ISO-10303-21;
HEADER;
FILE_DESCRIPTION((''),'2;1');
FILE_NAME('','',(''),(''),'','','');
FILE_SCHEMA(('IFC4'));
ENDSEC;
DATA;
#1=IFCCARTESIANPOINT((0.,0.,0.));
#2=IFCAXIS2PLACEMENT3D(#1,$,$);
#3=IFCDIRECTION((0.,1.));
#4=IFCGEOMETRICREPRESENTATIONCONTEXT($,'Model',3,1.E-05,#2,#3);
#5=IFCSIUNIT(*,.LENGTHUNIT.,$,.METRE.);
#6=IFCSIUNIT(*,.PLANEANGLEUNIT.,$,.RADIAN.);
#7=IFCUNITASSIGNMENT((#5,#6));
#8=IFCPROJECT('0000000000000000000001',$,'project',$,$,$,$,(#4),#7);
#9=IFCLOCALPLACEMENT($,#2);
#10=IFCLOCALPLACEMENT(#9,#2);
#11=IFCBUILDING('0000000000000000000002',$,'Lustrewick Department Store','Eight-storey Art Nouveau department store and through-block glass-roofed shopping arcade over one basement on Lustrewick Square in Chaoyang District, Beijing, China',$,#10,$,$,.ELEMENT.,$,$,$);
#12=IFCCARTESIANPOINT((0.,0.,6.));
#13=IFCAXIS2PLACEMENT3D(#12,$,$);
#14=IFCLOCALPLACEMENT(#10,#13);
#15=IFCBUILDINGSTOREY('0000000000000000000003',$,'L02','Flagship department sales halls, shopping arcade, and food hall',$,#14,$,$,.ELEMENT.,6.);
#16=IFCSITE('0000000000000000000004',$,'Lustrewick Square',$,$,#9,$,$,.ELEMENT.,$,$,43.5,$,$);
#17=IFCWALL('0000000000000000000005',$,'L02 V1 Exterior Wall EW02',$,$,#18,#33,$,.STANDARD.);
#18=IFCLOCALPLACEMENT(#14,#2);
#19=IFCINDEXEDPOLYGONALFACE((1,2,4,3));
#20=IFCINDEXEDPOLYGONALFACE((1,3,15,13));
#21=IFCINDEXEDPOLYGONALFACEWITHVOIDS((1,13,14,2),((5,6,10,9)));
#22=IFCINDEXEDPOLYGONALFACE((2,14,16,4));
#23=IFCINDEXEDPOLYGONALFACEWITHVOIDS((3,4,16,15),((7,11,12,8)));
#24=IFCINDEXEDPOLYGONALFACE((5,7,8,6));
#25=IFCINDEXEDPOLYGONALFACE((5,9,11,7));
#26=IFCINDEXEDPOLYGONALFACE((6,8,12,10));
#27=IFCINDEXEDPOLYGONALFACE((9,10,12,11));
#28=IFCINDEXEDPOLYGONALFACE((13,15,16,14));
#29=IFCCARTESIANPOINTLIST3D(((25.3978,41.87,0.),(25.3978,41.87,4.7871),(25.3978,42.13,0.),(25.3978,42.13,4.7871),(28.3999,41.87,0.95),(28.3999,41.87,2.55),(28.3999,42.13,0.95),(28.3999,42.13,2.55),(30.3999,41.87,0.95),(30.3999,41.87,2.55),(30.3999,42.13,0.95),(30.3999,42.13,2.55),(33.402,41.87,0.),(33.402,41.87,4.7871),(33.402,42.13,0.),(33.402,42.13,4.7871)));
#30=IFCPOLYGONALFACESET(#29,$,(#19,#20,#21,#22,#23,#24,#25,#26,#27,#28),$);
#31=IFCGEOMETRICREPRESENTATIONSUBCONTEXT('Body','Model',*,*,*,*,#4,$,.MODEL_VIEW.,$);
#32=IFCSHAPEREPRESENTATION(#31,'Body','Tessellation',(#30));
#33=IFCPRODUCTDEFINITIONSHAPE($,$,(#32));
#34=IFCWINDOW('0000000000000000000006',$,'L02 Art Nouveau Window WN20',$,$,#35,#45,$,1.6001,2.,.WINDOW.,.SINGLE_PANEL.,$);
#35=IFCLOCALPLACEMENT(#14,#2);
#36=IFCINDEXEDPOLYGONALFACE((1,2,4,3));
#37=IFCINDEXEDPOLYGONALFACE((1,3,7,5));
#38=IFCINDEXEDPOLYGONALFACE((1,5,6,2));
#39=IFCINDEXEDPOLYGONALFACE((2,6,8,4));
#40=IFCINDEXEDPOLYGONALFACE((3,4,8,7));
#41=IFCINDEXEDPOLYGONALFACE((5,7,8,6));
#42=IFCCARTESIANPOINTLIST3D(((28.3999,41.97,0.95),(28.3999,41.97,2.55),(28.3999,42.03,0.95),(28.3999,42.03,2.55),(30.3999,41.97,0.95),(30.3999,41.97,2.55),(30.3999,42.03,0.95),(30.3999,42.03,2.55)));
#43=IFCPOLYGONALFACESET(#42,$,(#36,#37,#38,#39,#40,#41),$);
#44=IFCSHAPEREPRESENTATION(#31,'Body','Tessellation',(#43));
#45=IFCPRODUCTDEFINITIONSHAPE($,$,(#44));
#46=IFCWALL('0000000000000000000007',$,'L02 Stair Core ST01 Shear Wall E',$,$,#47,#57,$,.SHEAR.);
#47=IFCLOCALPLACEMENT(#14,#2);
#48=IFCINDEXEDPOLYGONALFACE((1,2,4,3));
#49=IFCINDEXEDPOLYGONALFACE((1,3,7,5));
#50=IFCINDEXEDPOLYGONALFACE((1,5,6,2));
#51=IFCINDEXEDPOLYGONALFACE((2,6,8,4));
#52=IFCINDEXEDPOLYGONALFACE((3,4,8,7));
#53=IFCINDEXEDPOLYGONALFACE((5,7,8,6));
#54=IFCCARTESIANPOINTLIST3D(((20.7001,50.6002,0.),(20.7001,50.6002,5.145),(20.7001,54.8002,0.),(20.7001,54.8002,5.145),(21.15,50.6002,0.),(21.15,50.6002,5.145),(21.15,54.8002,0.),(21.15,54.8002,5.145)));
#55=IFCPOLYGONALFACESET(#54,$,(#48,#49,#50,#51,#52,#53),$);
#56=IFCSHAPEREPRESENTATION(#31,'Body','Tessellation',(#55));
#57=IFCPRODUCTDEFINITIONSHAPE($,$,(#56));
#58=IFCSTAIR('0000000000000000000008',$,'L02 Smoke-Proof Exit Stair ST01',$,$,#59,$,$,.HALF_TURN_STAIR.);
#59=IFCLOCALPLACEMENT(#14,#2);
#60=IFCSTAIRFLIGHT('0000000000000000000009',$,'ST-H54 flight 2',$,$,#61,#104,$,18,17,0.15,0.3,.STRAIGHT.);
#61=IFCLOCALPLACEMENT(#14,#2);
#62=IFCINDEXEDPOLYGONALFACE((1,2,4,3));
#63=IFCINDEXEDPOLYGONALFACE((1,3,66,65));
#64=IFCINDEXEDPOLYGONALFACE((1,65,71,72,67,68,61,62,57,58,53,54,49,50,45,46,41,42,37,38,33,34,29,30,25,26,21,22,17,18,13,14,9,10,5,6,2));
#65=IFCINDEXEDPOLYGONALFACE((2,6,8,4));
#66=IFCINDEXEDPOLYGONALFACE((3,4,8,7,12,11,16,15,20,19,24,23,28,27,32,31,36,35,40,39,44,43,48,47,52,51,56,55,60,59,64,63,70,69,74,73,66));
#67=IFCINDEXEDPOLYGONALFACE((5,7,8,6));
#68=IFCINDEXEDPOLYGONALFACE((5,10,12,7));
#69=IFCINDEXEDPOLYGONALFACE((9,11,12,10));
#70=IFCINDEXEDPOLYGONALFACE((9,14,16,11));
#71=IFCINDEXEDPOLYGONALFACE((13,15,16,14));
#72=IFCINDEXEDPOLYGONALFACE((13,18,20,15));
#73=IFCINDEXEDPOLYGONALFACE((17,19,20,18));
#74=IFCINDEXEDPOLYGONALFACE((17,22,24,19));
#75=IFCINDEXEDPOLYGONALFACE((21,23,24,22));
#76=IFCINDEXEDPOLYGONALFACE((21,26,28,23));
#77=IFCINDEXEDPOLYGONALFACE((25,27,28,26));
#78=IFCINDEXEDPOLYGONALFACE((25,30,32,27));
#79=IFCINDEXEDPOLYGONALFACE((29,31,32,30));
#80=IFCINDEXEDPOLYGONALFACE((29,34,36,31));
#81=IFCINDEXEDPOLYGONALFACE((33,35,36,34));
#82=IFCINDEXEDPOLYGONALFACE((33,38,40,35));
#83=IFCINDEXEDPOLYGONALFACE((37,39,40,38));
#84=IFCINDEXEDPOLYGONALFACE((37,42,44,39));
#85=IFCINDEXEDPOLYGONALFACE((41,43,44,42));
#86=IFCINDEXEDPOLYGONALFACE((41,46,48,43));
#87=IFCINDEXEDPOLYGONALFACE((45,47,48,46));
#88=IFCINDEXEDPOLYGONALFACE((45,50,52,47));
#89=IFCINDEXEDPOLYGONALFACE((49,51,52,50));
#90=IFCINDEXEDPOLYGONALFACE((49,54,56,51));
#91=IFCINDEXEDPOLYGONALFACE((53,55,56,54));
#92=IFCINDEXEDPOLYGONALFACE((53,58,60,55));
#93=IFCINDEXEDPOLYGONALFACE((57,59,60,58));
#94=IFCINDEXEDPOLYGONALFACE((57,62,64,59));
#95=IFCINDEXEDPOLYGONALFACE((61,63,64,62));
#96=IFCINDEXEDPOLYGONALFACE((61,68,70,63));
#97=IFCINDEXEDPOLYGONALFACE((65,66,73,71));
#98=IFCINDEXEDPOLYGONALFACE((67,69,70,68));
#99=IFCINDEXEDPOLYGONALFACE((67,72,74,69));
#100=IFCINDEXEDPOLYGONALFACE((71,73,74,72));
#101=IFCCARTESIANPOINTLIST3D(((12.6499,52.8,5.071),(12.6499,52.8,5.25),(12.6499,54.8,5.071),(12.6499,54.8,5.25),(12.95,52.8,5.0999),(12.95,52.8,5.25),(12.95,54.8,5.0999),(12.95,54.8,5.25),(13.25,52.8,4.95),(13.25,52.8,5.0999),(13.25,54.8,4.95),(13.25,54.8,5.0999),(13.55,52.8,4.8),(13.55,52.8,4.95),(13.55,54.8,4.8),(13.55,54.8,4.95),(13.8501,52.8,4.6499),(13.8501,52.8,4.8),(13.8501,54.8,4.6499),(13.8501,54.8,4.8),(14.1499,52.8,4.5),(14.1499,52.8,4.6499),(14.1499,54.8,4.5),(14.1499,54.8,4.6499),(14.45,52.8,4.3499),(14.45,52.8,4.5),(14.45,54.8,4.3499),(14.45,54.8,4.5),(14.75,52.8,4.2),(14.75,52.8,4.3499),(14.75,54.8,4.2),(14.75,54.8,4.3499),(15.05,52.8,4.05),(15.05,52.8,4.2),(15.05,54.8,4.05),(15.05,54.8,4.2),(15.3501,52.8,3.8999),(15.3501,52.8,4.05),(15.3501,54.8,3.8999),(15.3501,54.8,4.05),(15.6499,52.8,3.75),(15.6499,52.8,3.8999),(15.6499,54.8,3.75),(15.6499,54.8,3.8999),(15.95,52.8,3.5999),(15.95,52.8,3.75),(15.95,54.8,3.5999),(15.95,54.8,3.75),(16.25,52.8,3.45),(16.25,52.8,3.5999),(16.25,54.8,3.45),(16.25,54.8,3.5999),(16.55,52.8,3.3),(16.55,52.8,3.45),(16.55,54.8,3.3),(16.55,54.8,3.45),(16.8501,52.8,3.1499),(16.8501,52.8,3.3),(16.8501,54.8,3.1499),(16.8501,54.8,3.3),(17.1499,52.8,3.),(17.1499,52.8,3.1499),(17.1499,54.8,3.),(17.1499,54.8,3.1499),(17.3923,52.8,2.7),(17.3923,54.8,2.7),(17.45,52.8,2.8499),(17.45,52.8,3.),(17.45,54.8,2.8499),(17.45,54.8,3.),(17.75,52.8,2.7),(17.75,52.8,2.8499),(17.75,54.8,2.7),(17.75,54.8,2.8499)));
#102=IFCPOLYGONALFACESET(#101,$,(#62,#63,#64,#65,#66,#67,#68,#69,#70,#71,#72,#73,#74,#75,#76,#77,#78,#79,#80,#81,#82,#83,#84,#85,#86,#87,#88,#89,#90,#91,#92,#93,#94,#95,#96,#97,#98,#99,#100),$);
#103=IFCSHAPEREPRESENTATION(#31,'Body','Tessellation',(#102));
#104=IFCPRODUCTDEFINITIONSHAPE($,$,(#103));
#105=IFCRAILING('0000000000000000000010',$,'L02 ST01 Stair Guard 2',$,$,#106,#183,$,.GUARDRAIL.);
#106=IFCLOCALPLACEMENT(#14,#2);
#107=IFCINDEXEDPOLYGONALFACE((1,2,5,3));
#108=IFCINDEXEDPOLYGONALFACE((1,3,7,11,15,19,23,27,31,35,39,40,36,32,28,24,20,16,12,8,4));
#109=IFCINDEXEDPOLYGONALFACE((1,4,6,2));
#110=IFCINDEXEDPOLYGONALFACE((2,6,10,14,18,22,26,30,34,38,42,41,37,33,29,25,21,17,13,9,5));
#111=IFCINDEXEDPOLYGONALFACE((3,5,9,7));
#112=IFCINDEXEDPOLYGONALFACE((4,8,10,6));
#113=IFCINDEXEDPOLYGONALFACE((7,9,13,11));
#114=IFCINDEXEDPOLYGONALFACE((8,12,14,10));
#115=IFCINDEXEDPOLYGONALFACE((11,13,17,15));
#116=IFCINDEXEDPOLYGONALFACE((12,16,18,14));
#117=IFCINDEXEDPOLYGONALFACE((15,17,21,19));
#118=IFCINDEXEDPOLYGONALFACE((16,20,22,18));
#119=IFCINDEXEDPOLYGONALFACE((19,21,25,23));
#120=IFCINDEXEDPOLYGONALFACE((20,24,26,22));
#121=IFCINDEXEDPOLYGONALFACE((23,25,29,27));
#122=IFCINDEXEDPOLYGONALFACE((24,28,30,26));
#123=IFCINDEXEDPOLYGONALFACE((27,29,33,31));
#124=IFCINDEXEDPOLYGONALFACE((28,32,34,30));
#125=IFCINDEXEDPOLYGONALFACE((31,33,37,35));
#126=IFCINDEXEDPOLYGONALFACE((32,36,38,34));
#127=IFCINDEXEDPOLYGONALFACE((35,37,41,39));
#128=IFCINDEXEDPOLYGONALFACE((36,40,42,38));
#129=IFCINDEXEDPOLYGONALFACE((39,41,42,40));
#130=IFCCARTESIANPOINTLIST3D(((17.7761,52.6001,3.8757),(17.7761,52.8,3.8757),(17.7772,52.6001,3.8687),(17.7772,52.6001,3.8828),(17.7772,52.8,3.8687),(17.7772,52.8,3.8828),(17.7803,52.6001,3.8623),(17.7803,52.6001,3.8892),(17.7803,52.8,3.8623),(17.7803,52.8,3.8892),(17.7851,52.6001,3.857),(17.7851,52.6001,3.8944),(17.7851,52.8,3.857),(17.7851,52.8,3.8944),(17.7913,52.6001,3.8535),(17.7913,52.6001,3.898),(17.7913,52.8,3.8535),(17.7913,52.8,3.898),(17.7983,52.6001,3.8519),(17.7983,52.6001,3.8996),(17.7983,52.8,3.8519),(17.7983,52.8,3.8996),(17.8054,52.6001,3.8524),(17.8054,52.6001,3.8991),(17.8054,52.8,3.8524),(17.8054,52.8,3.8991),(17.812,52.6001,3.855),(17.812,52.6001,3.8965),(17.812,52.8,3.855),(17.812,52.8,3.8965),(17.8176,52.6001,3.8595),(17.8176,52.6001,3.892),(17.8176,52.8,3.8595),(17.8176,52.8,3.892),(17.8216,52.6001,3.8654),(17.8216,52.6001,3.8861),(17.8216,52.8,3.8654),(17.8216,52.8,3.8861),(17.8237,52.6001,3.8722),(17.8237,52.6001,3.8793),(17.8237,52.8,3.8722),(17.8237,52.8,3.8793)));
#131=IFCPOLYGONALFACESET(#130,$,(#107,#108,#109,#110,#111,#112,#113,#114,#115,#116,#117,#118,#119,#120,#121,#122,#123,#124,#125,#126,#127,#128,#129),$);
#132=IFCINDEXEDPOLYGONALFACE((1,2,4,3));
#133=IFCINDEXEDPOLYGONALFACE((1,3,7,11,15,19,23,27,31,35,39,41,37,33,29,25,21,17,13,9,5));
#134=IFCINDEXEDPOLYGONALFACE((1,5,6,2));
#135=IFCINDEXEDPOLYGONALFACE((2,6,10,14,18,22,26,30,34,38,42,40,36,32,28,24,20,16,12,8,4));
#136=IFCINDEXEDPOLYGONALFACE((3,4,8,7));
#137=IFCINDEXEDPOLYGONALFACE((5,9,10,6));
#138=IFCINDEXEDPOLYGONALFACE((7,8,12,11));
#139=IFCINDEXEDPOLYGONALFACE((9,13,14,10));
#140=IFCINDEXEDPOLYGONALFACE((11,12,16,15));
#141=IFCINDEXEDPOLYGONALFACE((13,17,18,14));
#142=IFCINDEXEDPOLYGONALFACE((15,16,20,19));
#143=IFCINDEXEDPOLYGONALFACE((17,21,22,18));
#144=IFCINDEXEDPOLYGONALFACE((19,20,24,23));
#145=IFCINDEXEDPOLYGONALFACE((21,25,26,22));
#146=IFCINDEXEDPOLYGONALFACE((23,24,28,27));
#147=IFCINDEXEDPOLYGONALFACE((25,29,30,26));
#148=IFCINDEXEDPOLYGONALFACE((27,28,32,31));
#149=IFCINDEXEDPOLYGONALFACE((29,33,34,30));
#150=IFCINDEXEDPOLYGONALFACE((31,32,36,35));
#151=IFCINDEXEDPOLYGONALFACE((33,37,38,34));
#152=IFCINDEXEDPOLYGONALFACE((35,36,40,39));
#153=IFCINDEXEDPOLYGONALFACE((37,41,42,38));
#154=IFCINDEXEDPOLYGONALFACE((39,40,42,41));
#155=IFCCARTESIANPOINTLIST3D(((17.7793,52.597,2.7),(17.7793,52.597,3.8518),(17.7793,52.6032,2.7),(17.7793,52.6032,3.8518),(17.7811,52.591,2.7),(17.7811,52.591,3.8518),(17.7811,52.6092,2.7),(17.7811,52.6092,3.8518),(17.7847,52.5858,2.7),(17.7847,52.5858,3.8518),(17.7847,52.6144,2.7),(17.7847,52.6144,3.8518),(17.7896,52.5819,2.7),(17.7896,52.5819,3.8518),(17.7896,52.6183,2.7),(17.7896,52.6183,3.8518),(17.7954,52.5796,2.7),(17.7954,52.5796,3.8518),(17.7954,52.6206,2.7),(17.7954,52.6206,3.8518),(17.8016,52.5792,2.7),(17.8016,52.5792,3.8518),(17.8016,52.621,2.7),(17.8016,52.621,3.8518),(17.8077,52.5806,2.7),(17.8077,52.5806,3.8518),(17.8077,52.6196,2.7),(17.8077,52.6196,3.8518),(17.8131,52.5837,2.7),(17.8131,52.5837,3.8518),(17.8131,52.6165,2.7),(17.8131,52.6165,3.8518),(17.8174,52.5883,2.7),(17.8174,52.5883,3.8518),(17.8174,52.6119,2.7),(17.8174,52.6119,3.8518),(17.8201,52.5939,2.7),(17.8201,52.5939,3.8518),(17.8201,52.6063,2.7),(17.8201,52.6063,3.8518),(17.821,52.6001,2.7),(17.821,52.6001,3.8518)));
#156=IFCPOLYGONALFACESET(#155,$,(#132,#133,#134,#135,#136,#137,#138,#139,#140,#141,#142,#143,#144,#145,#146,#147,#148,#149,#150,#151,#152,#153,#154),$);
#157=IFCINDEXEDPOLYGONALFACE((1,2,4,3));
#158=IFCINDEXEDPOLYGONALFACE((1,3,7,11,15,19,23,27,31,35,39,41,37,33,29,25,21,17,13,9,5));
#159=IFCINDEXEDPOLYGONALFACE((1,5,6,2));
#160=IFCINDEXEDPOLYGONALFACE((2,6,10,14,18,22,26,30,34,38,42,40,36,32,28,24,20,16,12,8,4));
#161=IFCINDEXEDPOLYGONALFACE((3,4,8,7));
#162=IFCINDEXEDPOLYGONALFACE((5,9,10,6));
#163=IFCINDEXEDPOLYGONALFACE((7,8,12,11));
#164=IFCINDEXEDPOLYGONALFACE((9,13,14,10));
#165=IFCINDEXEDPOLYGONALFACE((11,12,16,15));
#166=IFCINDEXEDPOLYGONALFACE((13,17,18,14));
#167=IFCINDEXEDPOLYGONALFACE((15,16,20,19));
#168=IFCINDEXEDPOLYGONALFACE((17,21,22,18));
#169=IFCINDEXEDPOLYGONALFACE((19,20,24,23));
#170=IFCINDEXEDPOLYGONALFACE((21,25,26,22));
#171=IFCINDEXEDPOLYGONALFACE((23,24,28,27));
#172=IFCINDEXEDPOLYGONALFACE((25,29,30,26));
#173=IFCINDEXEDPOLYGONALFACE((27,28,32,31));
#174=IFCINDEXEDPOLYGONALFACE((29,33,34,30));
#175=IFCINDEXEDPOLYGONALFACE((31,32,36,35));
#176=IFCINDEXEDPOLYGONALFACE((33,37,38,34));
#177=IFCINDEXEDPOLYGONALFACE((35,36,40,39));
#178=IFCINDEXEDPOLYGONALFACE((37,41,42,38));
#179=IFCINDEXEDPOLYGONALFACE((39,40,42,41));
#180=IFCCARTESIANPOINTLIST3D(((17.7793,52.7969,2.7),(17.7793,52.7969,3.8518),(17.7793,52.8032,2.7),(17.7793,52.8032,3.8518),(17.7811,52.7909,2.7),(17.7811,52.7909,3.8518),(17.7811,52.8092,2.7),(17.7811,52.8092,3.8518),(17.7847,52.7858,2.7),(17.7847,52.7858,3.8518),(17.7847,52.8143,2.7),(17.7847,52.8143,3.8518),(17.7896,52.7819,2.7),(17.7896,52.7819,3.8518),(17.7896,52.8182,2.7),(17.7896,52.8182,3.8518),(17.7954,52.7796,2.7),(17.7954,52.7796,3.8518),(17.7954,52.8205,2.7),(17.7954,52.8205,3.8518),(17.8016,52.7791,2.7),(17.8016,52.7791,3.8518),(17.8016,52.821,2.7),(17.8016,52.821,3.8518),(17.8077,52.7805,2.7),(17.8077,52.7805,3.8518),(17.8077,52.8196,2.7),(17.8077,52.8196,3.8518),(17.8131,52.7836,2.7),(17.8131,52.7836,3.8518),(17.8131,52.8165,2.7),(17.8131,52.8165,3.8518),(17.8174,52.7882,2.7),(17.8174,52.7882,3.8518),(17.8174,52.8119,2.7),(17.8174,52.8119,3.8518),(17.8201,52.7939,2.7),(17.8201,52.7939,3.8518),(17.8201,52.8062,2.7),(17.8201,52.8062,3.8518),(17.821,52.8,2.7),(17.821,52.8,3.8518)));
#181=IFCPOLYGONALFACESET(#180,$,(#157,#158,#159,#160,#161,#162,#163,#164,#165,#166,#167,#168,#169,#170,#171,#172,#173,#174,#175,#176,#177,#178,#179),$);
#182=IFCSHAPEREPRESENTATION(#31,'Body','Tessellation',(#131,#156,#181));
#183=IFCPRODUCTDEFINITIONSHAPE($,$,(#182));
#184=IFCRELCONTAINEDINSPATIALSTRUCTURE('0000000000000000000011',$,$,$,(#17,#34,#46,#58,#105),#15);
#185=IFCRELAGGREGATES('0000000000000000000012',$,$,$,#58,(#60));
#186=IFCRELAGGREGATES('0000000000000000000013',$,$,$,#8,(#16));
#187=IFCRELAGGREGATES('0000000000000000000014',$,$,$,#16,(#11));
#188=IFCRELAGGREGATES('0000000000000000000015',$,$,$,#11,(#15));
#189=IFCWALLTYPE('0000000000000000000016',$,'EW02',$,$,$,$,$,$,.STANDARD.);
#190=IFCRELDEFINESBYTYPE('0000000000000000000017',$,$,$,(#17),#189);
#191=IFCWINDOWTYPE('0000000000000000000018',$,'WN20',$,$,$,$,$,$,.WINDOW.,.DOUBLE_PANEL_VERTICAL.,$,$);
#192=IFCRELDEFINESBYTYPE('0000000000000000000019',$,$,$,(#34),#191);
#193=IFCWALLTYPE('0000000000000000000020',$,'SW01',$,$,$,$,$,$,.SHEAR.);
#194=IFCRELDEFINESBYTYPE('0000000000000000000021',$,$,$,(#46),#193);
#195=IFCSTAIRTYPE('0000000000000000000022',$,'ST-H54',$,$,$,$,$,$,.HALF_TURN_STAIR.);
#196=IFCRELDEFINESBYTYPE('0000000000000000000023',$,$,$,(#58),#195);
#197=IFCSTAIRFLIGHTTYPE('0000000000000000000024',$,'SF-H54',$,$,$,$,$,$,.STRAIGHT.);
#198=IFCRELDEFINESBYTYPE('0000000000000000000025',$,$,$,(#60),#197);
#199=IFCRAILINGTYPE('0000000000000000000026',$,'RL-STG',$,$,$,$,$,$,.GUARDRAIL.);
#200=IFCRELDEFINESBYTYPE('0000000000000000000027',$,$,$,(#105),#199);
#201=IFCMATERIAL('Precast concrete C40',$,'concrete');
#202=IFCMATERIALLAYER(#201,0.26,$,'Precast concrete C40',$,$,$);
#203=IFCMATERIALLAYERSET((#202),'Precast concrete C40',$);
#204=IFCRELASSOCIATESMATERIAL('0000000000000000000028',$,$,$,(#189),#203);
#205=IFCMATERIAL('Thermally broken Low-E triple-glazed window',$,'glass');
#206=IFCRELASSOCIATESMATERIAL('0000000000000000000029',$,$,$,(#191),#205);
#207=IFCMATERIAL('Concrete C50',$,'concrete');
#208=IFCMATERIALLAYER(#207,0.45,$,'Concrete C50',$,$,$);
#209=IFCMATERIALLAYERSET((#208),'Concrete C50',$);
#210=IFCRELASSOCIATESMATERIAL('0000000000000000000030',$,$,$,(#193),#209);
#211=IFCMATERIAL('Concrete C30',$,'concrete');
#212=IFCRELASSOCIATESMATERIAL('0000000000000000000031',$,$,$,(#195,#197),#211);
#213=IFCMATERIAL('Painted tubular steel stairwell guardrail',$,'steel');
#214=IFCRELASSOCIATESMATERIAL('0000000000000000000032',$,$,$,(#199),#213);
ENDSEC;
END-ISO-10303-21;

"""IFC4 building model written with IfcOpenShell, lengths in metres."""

from ifc_helpers import new_model, si_unit, direction, frame, frame_2d, origin, origin_2d, place, context, subcontext, project, spatial, polyline, rectangle, circle, outline, extrude, material, layer, layer_set, type_object, element, fill, aggregate, save


model = new_model("IFC4")

# Units and contexts
model_context = context("Model", 3, precision=1e-05, world=origin(), true_north=direction((0.0, 1.0)))
body_context = subcontext(model_context, "Body", "Model", "MODEL_VIEW")
ifc_project = project(units=[si_unit("LENGTHUNIT", "METRE"), si_unit("PLANEANGLEUNIT", "RADIAN")], contexts=[model_context])

# Site, building, storey
site_placement = place(None, origin())
site = spatial("IfcSite", under=ifc_project, at=site_placement, Name="Lustrewick Square", CompositionType="ELEMENT", RefElevation=43.5)
building_placement = place(site_placement, origin())
building = spatial("IfcBuilding", under=site, at=building_placement, Name="Lustrewick Department Store", Description="Eight-storey Art Nouveau department store and through-block glass-roofed shopping arcade over one basement on Lustrewick Square in Chaoyang District, Beijing, China", CompositionType="ELEMENT")
storey_placement = place(building_placement, frame((0.0, 0.0, 6.0)))
storey = spatial("IfcBuildingStorey", under=building, at=storey_placement, Name="L02", Description="Flagship department sales halls, shopping arcade, and food hall", CompositionType="ELEMENT", Elevation=6.0)

# Wall, opening, window
ifc_material_1 = material(Name="Precast concrete C40", Category="concrete")
ifc_material_2 = material(Name="Thermally broken Low-E triple-glazed window", Category="glass")
ifc_layer_1 = layer(ifc_material_1, 0.26, Name="Precast concrete C40")
ifc_layer_set_1 = layer_set([ifc_layer_1], Name="Precast concrete C40")
wall_type_1 = type_object("IfcWallType", Name="EW02", PredefinedType="STANDARD", material=ifc_layer_set_1)
wall_1_placement = place(storey_placement, frame((25.3979, 42.0, 0.0), z_axis=(0.0, 0.0, 1.0), x_axis=(1.0, 0.0, 0.0)))
wall_1 = element("IfcWall", 1, at=wall_1_placement, inside=storey, type_object=wall_type_1, Name="L02 V1 Exterior Wall EW02", PredefinedType="STANDARD", context=body_context, shape_type="SweptSolid", body=[
    extrude(rectangle(XDim=8.0042, YDim=0.26, at=frame_2d((4.002, 0.0))), origin(), (0.0, 0.0, 1.0), 4.7871),
])
opening_1_placement = place(wall_1_placement, frame((3.002, 0.0, 0.95)))
opening_1 = element("IfcOpeningElement", 2, at=opening_1_placement, cuts=wall_1, PredefinedType="OPENING", context=body_context, shape_type="SweptSolid", body=[
    extrude(rectangle(XDim=2.0, YDim=1.6001, at=frame_2d((1.0, 0.8))), frame((0.0, 0.1401, 0.0), z_axis=(0.0, -1.0, 0.0), x_axis=(1.0, 0.0, 0.0)), (0.0, 0.0, 1.0), 0.28),
])
window_type_1 = type_object("IfcWindowType", Name="WN20", PartitioningType="DOUBLE_PANEL_VERTICAL", PredefinedType="WINDOW", material=ifc_material_2)
window_1_placement = place(opening_1_placement, origin())
window_1 = element("IfcWindow", 3, at=window_1_placement, inside=storey, type_object=window_type_1, Name="L02 Art Nouveau Window WN20", OverallHeight=1.6001, OverallWidth=2.0, PartitioningType="SINGLE_PANEL", PredefinedType="WINDOW", context=body_context, shape_type="SweptSolid", body=[
    extrude(rectangle(XDim=2.0, YDim=1.6001, at=frame_2d((1.0, 0.8))), frame((0.0, 0.03, 0.0), z_axis=(0.0, -1.0, 0.0), x_axis=(1.0, 0.0, 0.0)), (0.0, 0.0, 1.0), 0.0601),
])
fill(opening_1, window_1)

# Wall
ifc_material_3 = material(Name="Concrete C50", Category="concrete")
ifc_layer_2 = layer(ifc_material_3, 0.45, Name="Concrete C50")
ifc_layer_set_2 = layer_set([ifc_layer_2], Name="Concrete C50")
wall_type_2 = type_object("IfcWallType", Name="SW01", PredefinedType="SHEAR", material=ifc_layer_set_2)
wall_2_placement = place(storey_placement, frame((20.925, 50.6001, 0.0), z_axis=(0.0, 0.0, 1.0), x_axis=(0.0, 1.0, 0.0)))
element("IfcWall", 4, at=wall_2_placement, inside=storey, type_object=wall_type_2, Name="L02 Stair Core ST01 Shear Wall E", PredefinedType="SHEAR", context=body_context, shape_type="SweptSolid", body=[
    extrude(rectangle(XDim=4.2, YDim=0.45, at=frame_2d((2.1001, 0.0))), origin(), (0.0, 0.0, 1.0), 5.145),
])

# Stair, stair flight
ifc_material_4 = material(Name="Concrete C30", Category="concrete")
stair_type = type_object("IfcStairType", Name="ST-H54", PredefinedType="HALF_TURN_STAIR", material=ifc_material_4)
stair_placement = place(storey_placement, origin())
stair = element("IfcStair", 5, at=stair_placement, inside=storey, type_object=stair_type, Name="L02 Smoke-Proof Exit Stair ST01", PredefinedType="HALF_TURN_STAIR")
stair_flight_type = type_object("IfcStairFlightType", Name="SF-H54", PredefinedType="STRAIGHT", material=ifc_material_4)
stair_flight_placement = place(storey_placement, frame((17.75, 53.8, 2.7), z_axis=(0.0, 0.0, 1.0), x_axis=(-1.0, 0.0, 0.0)))
stair_flight = element("IfcStairFlight", 6, at=stair_flight_placement, type_object=stair_flight_type, Name="ST-H54 flight 2", NumberOfRisers=18, NumberOfTreads=17, PredefinedType="STRAIGHT", RiserHeight=0.15, TreadLength=0.3, context=body_context, shape_type="SweptSolid", body=[
    extrude(outline(polyline([(0.0, 0.0), (0.0, 0.1499), (0.3, 0.1499), (0.3, 0.3), (0.6001, 0.3), (0.6001, 0.45), (0.8999, 0.45), (0.8999, 0.6001), (1.2, 0.6001), (1.2, 0.75), (1.5, 0.75), (1.5, 0.8999), (1.8, 0.8999), (1.8, 1.05), (2.1001, 1.05), (2.1001, 1.2), (2.3999, 1.2), (2.3999, 1.3501), (2.7, 1.3501), (2.7, 1.5), (3.0, 1.5), (3.0, 1.6499), (3.3, 1.6499), (3.3, 1.8), (3.6001, 1.8), (3.6001, 1.95), (3.8999, 1.95), (3.8999, 2.1001), (4.2, 2.1001), (4.2, 2.25), (4.5, 2.25), (4.5, 2.3999), (4.8, 2.3999), (4.8, 2.55), (5.1001, 2.55), (5.1001, 2.7), (5.1001, 2.3711), (0.3577, 0.0), (0.0, 0.0)])), frame((0.0, 1.0, 0.0), z_axis=(0.0, -1.0, 0.0), x_axis=(1.0, 0.0, 0.0)), (0.0, 0.0, 1.0), 2.0),
])
aggregate(stair, [stair_flight])

# Railing
ifc_material_5 = material(Name="Painted tubular steel stairwell guardrail", Category="steel")
railing_type_1 = type_object("IfcRailingType", Name="RL-STG", PredefinedType="GUARDRAIL", material=ifc_material_5)
railing_1_placement = place(storey_placement, frame((17.8, 52.6001, 2.7)))
element("IfcRailing", 7, at=railing_1_placement, inside=storey, type_object=railing_type_1, Name="L02 ST01 Stair Guard 2", PredefinedType="GUARDRAIL", context=body_context, shape_type="SweptSolid", body=[
    extrude(circle(Radius=0.0239, at=origin_2d()), frame((0.0, 0.0, 1.1758), z_axis=(0.0, 1.0, 0.0), x_axis=(-1.0, 0.0, 0.0)), (0.0, 0.0, 1.0), 0.2),
    extrude(circle(Radius=0.021, at=origin_2d()), origin(), (0.0, 0.0, 1.0), 1.1519),
    extrude(circle(Radius=0.021, at=origin_2d()), frame((0.0, 0.2, 0.0)), (0.0, 0.0, 1.0), 1.1519),
])

save(model, "model.ifc")
